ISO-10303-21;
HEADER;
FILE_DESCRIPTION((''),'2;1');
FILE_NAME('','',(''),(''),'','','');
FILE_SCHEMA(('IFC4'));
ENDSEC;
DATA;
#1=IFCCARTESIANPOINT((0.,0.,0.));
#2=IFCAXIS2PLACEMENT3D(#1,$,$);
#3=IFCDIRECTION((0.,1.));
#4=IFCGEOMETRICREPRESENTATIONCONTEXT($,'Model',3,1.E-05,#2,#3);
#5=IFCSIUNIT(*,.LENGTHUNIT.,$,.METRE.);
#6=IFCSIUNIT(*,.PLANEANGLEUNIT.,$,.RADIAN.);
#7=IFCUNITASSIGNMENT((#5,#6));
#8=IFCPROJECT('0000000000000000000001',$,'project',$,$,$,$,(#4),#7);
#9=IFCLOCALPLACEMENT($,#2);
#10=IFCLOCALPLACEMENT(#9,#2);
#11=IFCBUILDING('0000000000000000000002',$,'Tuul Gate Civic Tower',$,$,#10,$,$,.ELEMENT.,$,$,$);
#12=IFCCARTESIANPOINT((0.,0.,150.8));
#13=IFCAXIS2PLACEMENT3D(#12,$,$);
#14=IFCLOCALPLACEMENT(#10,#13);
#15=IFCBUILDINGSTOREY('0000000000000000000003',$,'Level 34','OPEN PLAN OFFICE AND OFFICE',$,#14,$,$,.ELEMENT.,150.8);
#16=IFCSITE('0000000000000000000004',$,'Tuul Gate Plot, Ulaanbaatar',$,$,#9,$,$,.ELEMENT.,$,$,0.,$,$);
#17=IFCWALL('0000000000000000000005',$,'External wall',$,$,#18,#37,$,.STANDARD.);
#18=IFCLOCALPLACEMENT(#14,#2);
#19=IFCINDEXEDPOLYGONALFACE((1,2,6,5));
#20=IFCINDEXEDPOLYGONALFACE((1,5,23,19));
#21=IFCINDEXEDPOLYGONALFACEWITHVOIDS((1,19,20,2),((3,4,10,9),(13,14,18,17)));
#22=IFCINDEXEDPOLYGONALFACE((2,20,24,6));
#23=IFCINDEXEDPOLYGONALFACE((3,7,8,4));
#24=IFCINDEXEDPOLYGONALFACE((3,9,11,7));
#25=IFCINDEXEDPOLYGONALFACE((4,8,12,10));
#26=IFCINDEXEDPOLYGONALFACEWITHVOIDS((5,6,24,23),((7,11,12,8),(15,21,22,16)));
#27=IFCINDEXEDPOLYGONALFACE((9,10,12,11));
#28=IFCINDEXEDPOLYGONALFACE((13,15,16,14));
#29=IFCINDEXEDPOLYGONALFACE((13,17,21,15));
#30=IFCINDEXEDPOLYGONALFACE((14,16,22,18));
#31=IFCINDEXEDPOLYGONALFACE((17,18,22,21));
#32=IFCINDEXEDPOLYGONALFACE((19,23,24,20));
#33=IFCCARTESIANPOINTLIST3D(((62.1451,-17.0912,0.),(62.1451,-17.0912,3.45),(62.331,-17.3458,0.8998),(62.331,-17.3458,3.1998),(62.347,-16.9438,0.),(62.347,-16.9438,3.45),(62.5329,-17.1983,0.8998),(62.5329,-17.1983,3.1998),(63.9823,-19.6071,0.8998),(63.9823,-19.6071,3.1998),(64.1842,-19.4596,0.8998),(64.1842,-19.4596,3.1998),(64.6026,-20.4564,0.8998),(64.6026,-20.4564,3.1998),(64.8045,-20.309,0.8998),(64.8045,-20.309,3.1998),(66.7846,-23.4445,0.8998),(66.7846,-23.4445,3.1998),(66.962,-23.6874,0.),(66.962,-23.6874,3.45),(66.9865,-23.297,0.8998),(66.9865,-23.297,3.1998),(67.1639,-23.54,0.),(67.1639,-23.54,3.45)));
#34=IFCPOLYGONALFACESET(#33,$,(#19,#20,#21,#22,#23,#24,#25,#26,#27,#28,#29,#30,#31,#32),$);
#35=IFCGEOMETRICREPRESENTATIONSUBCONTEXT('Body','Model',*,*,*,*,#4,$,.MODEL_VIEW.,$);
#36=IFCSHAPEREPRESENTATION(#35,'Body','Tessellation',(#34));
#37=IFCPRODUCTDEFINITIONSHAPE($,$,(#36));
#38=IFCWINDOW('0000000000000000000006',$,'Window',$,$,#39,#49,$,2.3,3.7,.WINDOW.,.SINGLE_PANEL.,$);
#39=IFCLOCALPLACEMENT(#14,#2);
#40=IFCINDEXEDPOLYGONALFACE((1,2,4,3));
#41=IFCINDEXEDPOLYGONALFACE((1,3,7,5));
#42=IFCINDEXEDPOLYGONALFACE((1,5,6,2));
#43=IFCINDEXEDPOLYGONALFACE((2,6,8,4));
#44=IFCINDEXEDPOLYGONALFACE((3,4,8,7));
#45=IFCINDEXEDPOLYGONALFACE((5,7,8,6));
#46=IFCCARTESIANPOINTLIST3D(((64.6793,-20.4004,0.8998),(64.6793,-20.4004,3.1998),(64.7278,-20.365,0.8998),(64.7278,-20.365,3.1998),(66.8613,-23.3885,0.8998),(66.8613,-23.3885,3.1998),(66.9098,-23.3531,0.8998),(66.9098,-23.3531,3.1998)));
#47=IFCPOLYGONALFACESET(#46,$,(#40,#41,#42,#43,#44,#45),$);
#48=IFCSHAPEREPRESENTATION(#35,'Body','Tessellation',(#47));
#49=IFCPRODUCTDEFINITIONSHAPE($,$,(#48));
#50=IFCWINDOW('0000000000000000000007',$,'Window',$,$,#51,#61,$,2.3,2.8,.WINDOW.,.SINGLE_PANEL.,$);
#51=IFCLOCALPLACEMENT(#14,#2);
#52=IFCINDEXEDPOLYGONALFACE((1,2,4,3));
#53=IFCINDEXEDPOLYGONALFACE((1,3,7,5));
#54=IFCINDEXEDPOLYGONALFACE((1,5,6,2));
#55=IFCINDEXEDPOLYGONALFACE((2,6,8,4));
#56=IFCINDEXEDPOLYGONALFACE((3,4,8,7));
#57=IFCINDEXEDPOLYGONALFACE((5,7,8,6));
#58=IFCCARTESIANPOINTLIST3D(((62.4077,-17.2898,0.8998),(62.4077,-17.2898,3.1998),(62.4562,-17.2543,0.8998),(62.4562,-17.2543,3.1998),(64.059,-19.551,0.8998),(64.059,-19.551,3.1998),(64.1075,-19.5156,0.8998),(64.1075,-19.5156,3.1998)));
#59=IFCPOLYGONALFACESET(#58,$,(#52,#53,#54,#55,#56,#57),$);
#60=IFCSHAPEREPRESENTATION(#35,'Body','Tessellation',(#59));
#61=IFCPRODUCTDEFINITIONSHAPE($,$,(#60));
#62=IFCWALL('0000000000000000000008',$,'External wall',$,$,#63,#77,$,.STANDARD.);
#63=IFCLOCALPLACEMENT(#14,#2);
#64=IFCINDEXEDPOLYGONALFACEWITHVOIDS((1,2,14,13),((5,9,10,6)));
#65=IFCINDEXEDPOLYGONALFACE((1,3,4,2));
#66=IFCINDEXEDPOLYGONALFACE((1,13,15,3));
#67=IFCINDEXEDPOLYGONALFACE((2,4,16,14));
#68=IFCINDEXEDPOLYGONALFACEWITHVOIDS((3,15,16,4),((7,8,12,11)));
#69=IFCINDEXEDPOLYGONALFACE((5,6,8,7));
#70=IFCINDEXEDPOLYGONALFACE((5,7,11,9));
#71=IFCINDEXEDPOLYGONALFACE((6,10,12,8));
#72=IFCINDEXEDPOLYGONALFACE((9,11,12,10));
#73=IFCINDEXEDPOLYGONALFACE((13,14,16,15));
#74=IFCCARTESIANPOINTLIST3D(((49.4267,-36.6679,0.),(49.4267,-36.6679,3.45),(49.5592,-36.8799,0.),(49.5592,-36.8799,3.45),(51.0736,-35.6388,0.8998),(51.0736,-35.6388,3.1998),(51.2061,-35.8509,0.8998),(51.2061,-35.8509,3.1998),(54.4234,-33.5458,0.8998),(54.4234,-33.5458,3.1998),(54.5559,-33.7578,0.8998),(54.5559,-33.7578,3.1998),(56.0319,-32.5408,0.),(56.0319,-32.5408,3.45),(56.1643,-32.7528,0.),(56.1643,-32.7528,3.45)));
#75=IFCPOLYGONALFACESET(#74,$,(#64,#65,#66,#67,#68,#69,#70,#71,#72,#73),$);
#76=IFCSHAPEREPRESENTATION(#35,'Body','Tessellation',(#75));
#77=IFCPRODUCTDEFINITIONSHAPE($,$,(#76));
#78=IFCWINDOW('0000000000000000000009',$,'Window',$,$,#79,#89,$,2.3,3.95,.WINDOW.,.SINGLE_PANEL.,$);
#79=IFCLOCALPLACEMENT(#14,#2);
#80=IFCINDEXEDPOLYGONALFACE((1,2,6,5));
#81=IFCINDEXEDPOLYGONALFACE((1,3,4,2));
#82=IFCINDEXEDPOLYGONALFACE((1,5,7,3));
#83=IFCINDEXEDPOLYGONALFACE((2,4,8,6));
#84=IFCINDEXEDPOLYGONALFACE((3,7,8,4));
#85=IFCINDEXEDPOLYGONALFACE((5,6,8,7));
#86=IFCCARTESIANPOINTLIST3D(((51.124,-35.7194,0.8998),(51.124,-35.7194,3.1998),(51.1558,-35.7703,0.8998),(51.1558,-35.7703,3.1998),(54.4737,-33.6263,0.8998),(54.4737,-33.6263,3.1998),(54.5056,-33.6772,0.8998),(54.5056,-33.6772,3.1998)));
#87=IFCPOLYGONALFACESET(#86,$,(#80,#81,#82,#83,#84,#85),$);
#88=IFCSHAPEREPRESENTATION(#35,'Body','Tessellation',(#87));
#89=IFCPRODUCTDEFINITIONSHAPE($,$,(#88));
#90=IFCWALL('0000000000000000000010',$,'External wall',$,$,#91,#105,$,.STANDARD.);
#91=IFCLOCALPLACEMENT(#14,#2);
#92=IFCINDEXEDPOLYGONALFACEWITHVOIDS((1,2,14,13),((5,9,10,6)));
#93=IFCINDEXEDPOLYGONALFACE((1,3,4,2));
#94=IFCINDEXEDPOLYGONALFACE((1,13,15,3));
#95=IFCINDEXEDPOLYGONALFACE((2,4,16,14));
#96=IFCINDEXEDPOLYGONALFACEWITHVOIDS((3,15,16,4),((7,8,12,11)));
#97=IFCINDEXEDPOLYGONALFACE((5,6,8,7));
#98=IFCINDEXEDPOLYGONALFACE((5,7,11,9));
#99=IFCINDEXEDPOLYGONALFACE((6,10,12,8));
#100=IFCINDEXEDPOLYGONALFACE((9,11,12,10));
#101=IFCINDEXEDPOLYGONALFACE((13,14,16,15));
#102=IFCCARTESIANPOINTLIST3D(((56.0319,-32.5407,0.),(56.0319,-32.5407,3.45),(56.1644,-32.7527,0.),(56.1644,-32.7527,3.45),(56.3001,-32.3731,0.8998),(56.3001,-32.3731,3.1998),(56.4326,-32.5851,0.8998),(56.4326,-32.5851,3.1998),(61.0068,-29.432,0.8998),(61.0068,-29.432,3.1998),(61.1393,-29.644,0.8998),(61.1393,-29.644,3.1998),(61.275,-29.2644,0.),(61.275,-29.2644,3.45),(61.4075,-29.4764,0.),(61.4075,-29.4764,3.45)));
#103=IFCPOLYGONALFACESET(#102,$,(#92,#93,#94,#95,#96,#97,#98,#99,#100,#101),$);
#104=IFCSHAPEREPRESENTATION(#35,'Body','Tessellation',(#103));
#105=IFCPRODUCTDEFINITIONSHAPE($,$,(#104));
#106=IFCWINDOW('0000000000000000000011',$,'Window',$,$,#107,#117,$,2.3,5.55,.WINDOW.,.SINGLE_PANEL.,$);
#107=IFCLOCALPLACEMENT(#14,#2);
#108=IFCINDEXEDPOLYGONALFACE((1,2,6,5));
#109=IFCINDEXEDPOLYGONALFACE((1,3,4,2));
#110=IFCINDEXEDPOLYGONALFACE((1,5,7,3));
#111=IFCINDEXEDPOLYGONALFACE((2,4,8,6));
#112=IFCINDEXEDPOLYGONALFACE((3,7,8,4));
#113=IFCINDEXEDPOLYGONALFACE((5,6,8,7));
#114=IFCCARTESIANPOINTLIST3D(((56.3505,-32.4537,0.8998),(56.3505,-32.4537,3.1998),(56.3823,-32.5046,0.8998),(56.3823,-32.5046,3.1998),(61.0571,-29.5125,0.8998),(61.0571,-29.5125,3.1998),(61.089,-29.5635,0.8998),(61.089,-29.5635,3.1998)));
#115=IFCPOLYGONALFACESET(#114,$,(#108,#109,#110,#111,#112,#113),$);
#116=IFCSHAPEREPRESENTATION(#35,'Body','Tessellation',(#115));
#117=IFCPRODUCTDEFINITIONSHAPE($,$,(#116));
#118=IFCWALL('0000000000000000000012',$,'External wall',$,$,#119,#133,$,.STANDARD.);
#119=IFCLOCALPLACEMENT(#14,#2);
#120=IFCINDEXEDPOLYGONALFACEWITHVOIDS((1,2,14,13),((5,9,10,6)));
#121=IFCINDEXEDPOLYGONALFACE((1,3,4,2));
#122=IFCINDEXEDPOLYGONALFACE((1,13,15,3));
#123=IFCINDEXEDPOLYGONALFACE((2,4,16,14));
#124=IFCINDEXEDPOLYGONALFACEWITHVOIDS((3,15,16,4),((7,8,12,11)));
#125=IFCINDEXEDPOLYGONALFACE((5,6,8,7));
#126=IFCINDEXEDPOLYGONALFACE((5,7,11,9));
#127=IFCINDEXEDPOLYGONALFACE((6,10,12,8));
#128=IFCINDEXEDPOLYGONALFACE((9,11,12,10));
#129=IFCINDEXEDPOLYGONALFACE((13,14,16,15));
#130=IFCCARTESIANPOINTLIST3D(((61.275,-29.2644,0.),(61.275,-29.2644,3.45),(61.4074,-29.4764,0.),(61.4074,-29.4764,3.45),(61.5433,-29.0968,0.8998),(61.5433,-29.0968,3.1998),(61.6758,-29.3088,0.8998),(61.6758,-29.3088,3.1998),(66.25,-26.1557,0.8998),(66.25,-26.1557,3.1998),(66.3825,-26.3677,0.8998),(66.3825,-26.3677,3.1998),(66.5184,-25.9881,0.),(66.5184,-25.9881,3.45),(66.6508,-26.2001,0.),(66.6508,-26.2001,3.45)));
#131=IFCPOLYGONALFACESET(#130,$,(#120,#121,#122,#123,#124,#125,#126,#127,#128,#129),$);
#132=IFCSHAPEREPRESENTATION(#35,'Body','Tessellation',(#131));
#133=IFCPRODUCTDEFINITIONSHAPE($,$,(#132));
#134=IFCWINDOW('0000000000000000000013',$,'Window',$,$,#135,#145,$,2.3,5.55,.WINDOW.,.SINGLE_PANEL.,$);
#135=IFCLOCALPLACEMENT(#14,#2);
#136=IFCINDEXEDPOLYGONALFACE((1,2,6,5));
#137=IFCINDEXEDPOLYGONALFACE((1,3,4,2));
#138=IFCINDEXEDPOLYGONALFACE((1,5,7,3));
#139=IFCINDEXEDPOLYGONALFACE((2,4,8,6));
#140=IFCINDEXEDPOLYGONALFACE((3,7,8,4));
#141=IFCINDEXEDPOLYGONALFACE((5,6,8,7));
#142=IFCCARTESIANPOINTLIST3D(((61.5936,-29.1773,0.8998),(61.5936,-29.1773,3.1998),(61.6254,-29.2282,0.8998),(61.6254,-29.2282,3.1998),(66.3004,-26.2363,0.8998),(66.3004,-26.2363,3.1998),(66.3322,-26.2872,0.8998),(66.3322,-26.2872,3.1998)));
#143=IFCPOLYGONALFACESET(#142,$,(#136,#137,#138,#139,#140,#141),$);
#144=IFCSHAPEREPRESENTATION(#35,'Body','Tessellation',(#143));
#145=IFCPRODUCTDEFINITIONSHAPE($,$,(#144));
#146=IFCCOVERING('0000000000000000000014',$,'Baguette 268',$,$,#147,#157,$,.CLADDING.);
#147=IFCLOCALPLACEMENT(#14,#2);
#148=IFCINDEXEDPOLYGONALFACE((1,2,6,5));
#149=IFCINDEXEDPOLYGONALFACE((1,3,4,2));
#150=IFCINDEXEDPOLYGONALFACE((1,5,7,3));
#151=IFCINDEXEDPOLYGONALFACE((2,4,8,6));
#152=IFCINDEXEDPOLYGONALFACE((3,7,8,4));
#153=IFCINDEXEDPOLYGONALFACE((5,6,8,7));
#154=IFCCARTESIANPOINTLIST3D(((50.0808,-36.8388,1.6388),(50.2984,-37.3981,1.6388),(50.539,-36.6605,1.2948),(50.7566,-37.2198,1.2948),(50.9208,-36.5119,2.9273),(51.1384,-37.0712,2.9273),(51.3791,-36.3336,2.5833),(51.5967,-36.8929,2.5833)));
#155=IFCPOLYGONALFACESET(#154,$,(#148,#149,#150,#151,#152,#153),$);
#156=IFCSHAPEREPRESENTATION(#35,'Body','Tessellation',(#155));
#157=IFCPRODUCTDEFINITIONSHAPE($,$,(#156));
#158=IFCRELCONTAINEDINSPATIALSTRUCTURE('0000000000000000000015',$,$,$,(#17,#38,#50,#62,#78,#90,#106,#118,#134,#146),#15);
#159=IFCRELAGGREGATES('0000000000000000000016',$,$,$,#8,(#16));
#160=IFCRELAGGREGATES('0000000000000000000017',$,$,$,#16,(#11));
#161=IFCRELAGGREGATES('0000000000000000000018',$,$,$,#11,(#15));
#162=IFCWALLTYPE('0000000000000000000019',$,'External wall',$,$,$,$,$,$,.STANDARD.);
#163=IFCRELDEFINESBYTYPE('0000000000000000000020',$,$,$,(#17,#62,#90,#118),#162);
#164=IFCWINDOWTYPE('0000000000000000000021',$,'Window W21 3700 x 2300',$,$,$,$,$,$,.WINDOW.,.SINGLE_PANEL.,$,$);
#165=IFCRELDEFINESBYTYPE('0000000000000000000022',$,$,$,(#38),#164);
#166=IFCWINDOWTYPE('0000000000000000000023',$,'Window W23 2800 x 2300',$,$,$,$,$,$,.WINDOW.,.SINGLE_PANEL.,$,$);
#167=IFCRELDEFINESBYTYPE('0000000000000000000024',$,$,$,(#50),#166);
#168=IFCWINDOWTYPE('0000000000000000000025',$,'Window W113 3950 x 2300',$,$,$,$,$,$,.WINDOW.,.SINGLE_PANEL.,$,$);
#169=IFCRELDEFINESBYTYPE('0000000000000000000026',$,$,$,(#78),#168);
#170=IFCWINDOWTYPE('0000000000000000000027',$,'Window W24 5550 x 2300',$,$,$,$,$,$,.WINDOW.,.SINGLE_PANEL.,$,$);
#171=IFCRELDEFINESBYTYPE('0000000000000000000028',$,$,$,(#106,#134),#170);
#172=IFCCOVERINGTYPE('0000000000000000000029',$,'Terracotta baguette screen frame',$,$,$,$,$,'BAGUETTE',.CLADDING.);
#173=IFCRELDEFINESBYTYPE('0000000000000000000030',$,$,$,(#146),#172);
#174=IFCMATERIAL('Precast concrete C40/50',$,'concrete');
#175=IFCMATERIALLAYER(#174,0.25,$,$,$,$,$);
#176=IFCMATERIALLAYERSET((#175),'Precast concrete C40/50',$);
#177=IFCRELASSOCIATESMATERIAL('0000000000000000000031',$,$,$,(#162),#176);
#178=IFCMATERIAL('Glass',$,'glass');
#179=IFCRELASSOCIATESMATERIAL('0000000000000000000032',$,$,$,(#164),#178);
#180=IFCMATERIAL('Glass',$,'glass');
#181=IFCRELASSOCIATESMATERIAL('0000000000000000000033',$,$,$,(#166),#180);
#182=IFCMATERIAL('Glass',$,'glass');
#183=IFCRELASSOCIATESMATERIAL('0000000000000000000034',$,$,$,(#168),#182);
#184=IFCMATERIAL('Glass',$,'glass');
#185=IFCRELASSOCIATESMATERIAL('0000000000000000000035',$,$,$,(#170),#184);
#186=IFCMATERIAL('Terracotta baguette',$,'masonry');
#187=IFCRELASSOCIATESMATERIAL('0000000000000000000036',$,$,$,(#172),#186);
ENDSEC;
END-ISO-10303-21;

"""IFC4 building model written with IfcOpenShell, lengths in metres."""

from ifc_helpers import new_model, si_unit, direction, frame, frame_2d, origin, origin_2d, place, context, subcontext, project, spatial, rectangle, extrude, material, layer, layer_set, material_profile, profile_set, type_object, element, fill, save


model = new_model("IFC4")

# Units and contexts
model_context = context("Model", 3, precision=1e-05, world=origin(), true_north=direction((0.0, 1.0)))
body_context = subcontext(model_context, "Body", "Model", "MODEL_VIEW")
ifc_project = project(units=[si_unit("LENGTHUNIT", "METRE"), si_unit("PLANEANGLEUNIT", "RADIAN")], contexts=[model_context])

# Site, building, storey
site_placement = place(None, origin())
site = spatial("IfcSite", under=ifc_project, at=site_placement, Name="Tuul Gate Plot, Ulaanbaatar", CompositionType="ELEMENT", RefElevation=0.0)
building_placement = place(site_placement, origin())
building = spatial("IfcBuilding", under=site, at=building_placement, Name="Tuul Gate Civic Tower", CompositionType="ELEMENT")
storey_placement = place(building_placement, frame((0.0, 0.0, 150.8)))
storey = spatial("IfcBuildingStorey", under=building, at=storey_placement, Name="Level 34", Description="OPEN PLAN OFFICE AND OFFICE", CompositionType="ELEMENT", Elevation=150.8)

# Shared definitions
ifc_material_1 = material(Name="Precast concrete C40/50", Category="concrete")
ifc_layer = layer(ifc_material_1, 0.25)
ifc_layer_set = layer_set([ifc_layer], Name="Precast concrete C40/50")
wall_type = type_object("IfcWallType", Name="External wall", PredefinedType="STANDARD", material=ifc_layer_set)

# Wall, openings, windows
wall_1_placement = place(storey_placement, frame((67.063, -23.6138, 0.0), z_axis=(0.0, 0.0, 1.0), x_axis=(-0.589745, 0.807589, 0.0)))
wall_1 = element("IfcWall", 1, at=wall_1_placement, inside=storey, type_object=wall_type, Name="External wall", PredefinedType="STANDARD", context=body_context, shape_type="SweptSolid", body=[
    extrude(rectangle(XDim=8.1677, YDim=0.25, at=frame_2d((4.084, 0.0))), origin(), (0.0, 0.0, 1.0), 3.45),
])
opening_1_placement = place(wall_1_placement, frame((0.3008, 0.0, 0.8999)))
opening_1 = element("IfcOpeningElement", 2, at=opening_1_placement, cuts=wall_1, PredefinedType="OPENING", context=body_context, shape_type="SweptSolid", body=[
    extrude(rectangle(XDim=3.7, YDim=2.3, at=frame_2d((1.8501, 1.1499))), frame((0.0, 0.135, 0.0), z_axis=(0.0, -1.0, 0.0), x_axis=(1.0, 0.0, 0.0)), (0.0, 0.0, 1.0), 0.27),
])
opening_2_placement = place(wall_1_placement, frame((5.0527, 0.0, 0.8999)))
opening_2 = element("IfcOpeningElement", 3, at=opening_2_placement, cuts=wall_1, PredefinedType="OPENING", context=body_context, shape_type="SweptSolid", body=[
    extrude(rectangle(XDim=2.8, YDim=2.3, at=frame_2d((1.3999, 1.1499))), frame((0.0, 0.135, 0.0), z_axis=(0.0, -1.0, 0.0), x_axis=(1.0, 0.0, 0.0)), (0.0, 0.0, 1.0), 0.27),
])
ifc_material_2 = material(Name="Glass", Category="glass")
window_type_1 = type_object("IfcWindowType", Name="Window W21 3700 x 2300", PartitioningType="SINGLE_PANEL", PredefinedType="WINDOW", material=ifc_material_2)
window_1_placement = place(opening_1_placement, origin())
window_1 = element("IfcWindow", 4, at=window_1_placement, inside=storey, type_object=window_type_1, Name="Window", OverallHeight=2.3, OverallWidth=3.7, PartitioningType="SINGLE_PANEL", PredefinedType="WINDOW", context=body_context, shape_type="SweptSolid", body=[
    extrude(rectangle(XDim=3.7, YDim=2.3, at=frame_2d((1.8501, 1.1499))), frame((0.0, 0.03, 0.0), z_axis=(0.0, -1.0, 0.0), x_axis=(1.0, 0.0, 0.0)), (0.0, 0.0, 1.0), 0.0601),
])
fill(opening_1, window_1)
ifc_material_3 = material(Name="Glass", Category="glass")
window_type_2 = type_object("IfcWindowType", Name="Window W23 2800 x 2300", PartitioningType="SINGLE_PANEL", PredefinedType="WINDOW", material=ifc_material_3)
window_2_placement = place(opening_2_placement, origin())
window_2 = element("IfcWindow", 5, at=window_2_placement, inside=storey, type_object=window_type_2, Name="Window", OverallHeight=2.3, OverallWidth=2.8, PartitioningType="SINGLE_PANEL", PredefinedType="WINDOW", context=body_context, shape_type="SweptSolid", body=[
    extrude(rectangle(XDim=2.8, YDim=2.3, at=frame_2d((1.3999, 1.1499))), frame((0.0, 0.03, 0.0), z_axis=(0.0, -1.0, 0.0), x_axis=(1.0, 0.0, 0.0)), (0.0, 0.0, 1.0), 0.0601),
])
fill(opening_2, window_2)

# Walls, openings, windows
wall_2_placement = place(storey_placement, frame((49.4929, -36.7739, 0.0), z_axis=(0.0, 0.0, 1.0), x_axis=(0.84806, 0.5299, 0.0)))
wall_2 = element("IfcWall", 6, at=wall_2_placement, inside=storey, type_object=wall_type, Name="External wall", PredefinedType="STANDARD", context=body_context, shape_type="SweptSolid", body=[
    extrude(rectangle(XDim=7.7886, YDim=0.25, at=frame_2d((3.8943, 0.0))), origin(), (0.0, 0.0, 1.0), 3.45),
])
opening_3_placement = place(wall_2_placement, frame((1.9419, 0.0, 0.8999)))
opening_3 = element("IfcOpeningElement", 7, at=opening_3_placement, cuts=wall_2, PredefinedType="OPENING", context=body_context, shape_type="SweptSolid", body=[
    extrude(rectangle(XDim=3.95, YDim=2.3, at=frame_2d((1.9751, 1.1499))), frame((0.0, 0.135, 0.0), z_axis=(0.0, -1.0, 0.0), x_axis=(1.0, 0.0, 0.0)), (0.0, 0.0, 1.0), 0.27),
])
ifc_material_4 = material(Name="Glass", Category="glass")
window_type_3 = type_object("IfcWindowType", Name="Window W113 3950 x 2300", PartitioningType="SINGLE_PANEL", PredefinedType="WINDOW", material=ifc_material_4)
window_3_placement = place(opening_3_placement, origin())
window_3 = element("IfcWindow", 8, at=window_3_placement, inside=storey, type_object=window_type_3, Name="Window", OverallHeight=2.3, OverallWidth=3.95, PartitioningType="SINGLE_PANEL", PredefinedType="WINDOW", context=body_context, shape_type="SweptSolid", body=[
    extrude(rectangle(XDim=3.95, YDim=2.3, at=frame_2d((1.9751, 1.1499))), frame((0.0, 0.03, 0.0), z_axis=(0.0, -1.0, 0.0), x_axis=(1.0, 0.0, 0.0)), (0.0, 0.0, 1.0), 0.0601),
])
fill(opening_3, window_3)
wall_3_placement = place(storey_placement, frame((56.0981, -32.6467, 0.0), z_axis=(0.0, 0.0, 1.0), x_axis=(0.848043, 0.529928, 0.0)))
wall_3 = element("IfcWall", 9, at=wall_3_placement, inside=storey, type_object=wall_type, Name="External wall", PredefinedType="STANDARD", context=body_context, shape_type="SweptSolid", body=[
    extrude(rectangle(XDim=6.1826, YDim=0.25, at=frame_2d((3.0913, 0.0))), origin(), (0.0, 0.0, 1.0), 3.45),
])
opening_4_placement = place(wall_3_placement, frame((0.3164, 0.0, 0.8999)))
opening_4 = element("IfcOpeningElement", 10, at=opening_4_placement, cuts=wall_3, PredefinedType="OPENING", context=body_context, shape_type="SweptSolid", body=[
    extrude(rectangle(XDim=5.55, YDim=2.3, at=frame_2d((2.7749, 1.1499))), frame((0.0, 0.135, 0.0), z_axis=(0.0, -1.0, 0.0), x_axis=(1.0, 0.0, 0.0)), (0.0, 0.0, 1.0), 0.27),
])
ifc_material_5 = material(Name="Glass", Category="glass")
window_type_4 = type_object("IfcWindowType", Name="Window W24 5550 x 2300", PartitioningType="SINGLE_PANEL", PredefinedType="WINDOW", material=ifc_material_5)
window_4_placement = place(opening_4_placement, origin())
window_4 = element("IfcWindow", 11, at=window_4_placement, inside=storey, type_object=window_type_4, Name="Window", OverallHeight=2.3, OverallWidth=5.55, PartitioningType="SINGLE_PANEL", PredefinedType="WINDOW", context=body_context, shape_type="SweptSolid", body=[
    extrude(rectangle(XDim=5.55, YDim=2.3, at=frame_2d((2.7749, 1.1499))), frame((0.0, 0.03, 0.0), z_axis=(0.0, -1.0, 0.0), x_axis=(1.0, 0.0, 0.0)), (0.0, 0.0, 1.0), 0.0601),
])
fill(opening_4, window_4)
wall_4_placement = place(storey_placement, frame((61.3413, -29.3704, 0.0), z_axis=(0.0, 0.0, 1.0), x_axis=(0.848054, 0.52991, 0.0)))
wall_4 = element("IfcWall", 12, at=wall_4_placement, inside=storey, type_object=wall_type, Name="External wall", PredefinedType="STANDARD", context=body_context, shape_type="SweptSolid", body=[
    extrude(rectangle(XDim=6.1829, YDim=0.25, at=frame_2d((3.0913, 0.0))), origin(), (0.0, 0.0, 1.0), 3.45),
])
opening_5_placement = place(wall_4_placement, frame((0.3164, 0.0, 0.8999)))
opening_5 = element("IfcOpeningElement", 13, at=opening_5_placement, cuts=wall_4, PredefinedType="OPENING", context=body_context, shape_type="SweptSolid", body=[
    extrude(rectangle(XDim=5.55, YDim=2.3, at=frame_2d((2.7749, 1.1499))), frame((0.0, 0.135, 0.0), z_axis=(0.0, -1.0, 0.0), x_axis=(1.0, 0.0, 0.0)), (0.0, 0.0, 1.0), 0.27),
])
window_5_placement = place(opening_5_placement, origin())
window_5 = element("IfcWindow", 14, at=window_5_placement, inside=storey, type_object=window_type_4, Name="Window", OverallHeight=2.3, OverallWidth=5.55, PartitioningType="SINGLE_PANEL", PredefinedType="WINDOW", context=body_context, shape_type="SweptSolid", body=[
    extrude(rectangle(XDim=5.55, YDim=2.3, at=frame_2d((2.7749, 1.1499))), frame((0.0, 0.03, 0.0), z_axis=(0.0, -1.0, 0.0), x_axis=(1.0, 0.0, 0.0)), (0.0, 0.0, 1.0), 0.0601),
])
fill(opening_5, window_5)

# Covering
ifc_material_6 = material(Name="Terracotta baguette", Category="masonry")
ifc_material_profile_1 = material_profile(ifc_material_6, rectangle(XDim=0.6001, YDim=0.6001, at=origin_2d()), Name="Terracotta baguette screen frame")
ifc_profile_set_1 = profile_set([ifc_material_profile_1], Name="Terracotta baguette")
covering_type = type_object("IfcCoveringType", Name="Terracotta baguette screen frame", ElementType="BAGUETTE", PredefinedType="CLADDING", material=ifc_profile_set_1)
covering_1_placement = place(storey_placement, frame((50.4187, -37.0293, 1.4668), z_axis=(0.534207, 0.207876, 0.819396), x_axis=(-0.362642, 0.931928, 0.0)))
element("IfcCovering", 15, at=covering_1_placement, inside=storey, type_object=covering_type, Name="Baguette 268", PredefinedType="CLADDING", context=body_context, shape_type="SweptSolid", body=[
    extrude(rectangle(XDim=0.6001, YDim=0.6001, at=origin_2d()), origin(), (0.0, 0.0, 1.0), 1.5725),
])

save(model, "model.ifc")
